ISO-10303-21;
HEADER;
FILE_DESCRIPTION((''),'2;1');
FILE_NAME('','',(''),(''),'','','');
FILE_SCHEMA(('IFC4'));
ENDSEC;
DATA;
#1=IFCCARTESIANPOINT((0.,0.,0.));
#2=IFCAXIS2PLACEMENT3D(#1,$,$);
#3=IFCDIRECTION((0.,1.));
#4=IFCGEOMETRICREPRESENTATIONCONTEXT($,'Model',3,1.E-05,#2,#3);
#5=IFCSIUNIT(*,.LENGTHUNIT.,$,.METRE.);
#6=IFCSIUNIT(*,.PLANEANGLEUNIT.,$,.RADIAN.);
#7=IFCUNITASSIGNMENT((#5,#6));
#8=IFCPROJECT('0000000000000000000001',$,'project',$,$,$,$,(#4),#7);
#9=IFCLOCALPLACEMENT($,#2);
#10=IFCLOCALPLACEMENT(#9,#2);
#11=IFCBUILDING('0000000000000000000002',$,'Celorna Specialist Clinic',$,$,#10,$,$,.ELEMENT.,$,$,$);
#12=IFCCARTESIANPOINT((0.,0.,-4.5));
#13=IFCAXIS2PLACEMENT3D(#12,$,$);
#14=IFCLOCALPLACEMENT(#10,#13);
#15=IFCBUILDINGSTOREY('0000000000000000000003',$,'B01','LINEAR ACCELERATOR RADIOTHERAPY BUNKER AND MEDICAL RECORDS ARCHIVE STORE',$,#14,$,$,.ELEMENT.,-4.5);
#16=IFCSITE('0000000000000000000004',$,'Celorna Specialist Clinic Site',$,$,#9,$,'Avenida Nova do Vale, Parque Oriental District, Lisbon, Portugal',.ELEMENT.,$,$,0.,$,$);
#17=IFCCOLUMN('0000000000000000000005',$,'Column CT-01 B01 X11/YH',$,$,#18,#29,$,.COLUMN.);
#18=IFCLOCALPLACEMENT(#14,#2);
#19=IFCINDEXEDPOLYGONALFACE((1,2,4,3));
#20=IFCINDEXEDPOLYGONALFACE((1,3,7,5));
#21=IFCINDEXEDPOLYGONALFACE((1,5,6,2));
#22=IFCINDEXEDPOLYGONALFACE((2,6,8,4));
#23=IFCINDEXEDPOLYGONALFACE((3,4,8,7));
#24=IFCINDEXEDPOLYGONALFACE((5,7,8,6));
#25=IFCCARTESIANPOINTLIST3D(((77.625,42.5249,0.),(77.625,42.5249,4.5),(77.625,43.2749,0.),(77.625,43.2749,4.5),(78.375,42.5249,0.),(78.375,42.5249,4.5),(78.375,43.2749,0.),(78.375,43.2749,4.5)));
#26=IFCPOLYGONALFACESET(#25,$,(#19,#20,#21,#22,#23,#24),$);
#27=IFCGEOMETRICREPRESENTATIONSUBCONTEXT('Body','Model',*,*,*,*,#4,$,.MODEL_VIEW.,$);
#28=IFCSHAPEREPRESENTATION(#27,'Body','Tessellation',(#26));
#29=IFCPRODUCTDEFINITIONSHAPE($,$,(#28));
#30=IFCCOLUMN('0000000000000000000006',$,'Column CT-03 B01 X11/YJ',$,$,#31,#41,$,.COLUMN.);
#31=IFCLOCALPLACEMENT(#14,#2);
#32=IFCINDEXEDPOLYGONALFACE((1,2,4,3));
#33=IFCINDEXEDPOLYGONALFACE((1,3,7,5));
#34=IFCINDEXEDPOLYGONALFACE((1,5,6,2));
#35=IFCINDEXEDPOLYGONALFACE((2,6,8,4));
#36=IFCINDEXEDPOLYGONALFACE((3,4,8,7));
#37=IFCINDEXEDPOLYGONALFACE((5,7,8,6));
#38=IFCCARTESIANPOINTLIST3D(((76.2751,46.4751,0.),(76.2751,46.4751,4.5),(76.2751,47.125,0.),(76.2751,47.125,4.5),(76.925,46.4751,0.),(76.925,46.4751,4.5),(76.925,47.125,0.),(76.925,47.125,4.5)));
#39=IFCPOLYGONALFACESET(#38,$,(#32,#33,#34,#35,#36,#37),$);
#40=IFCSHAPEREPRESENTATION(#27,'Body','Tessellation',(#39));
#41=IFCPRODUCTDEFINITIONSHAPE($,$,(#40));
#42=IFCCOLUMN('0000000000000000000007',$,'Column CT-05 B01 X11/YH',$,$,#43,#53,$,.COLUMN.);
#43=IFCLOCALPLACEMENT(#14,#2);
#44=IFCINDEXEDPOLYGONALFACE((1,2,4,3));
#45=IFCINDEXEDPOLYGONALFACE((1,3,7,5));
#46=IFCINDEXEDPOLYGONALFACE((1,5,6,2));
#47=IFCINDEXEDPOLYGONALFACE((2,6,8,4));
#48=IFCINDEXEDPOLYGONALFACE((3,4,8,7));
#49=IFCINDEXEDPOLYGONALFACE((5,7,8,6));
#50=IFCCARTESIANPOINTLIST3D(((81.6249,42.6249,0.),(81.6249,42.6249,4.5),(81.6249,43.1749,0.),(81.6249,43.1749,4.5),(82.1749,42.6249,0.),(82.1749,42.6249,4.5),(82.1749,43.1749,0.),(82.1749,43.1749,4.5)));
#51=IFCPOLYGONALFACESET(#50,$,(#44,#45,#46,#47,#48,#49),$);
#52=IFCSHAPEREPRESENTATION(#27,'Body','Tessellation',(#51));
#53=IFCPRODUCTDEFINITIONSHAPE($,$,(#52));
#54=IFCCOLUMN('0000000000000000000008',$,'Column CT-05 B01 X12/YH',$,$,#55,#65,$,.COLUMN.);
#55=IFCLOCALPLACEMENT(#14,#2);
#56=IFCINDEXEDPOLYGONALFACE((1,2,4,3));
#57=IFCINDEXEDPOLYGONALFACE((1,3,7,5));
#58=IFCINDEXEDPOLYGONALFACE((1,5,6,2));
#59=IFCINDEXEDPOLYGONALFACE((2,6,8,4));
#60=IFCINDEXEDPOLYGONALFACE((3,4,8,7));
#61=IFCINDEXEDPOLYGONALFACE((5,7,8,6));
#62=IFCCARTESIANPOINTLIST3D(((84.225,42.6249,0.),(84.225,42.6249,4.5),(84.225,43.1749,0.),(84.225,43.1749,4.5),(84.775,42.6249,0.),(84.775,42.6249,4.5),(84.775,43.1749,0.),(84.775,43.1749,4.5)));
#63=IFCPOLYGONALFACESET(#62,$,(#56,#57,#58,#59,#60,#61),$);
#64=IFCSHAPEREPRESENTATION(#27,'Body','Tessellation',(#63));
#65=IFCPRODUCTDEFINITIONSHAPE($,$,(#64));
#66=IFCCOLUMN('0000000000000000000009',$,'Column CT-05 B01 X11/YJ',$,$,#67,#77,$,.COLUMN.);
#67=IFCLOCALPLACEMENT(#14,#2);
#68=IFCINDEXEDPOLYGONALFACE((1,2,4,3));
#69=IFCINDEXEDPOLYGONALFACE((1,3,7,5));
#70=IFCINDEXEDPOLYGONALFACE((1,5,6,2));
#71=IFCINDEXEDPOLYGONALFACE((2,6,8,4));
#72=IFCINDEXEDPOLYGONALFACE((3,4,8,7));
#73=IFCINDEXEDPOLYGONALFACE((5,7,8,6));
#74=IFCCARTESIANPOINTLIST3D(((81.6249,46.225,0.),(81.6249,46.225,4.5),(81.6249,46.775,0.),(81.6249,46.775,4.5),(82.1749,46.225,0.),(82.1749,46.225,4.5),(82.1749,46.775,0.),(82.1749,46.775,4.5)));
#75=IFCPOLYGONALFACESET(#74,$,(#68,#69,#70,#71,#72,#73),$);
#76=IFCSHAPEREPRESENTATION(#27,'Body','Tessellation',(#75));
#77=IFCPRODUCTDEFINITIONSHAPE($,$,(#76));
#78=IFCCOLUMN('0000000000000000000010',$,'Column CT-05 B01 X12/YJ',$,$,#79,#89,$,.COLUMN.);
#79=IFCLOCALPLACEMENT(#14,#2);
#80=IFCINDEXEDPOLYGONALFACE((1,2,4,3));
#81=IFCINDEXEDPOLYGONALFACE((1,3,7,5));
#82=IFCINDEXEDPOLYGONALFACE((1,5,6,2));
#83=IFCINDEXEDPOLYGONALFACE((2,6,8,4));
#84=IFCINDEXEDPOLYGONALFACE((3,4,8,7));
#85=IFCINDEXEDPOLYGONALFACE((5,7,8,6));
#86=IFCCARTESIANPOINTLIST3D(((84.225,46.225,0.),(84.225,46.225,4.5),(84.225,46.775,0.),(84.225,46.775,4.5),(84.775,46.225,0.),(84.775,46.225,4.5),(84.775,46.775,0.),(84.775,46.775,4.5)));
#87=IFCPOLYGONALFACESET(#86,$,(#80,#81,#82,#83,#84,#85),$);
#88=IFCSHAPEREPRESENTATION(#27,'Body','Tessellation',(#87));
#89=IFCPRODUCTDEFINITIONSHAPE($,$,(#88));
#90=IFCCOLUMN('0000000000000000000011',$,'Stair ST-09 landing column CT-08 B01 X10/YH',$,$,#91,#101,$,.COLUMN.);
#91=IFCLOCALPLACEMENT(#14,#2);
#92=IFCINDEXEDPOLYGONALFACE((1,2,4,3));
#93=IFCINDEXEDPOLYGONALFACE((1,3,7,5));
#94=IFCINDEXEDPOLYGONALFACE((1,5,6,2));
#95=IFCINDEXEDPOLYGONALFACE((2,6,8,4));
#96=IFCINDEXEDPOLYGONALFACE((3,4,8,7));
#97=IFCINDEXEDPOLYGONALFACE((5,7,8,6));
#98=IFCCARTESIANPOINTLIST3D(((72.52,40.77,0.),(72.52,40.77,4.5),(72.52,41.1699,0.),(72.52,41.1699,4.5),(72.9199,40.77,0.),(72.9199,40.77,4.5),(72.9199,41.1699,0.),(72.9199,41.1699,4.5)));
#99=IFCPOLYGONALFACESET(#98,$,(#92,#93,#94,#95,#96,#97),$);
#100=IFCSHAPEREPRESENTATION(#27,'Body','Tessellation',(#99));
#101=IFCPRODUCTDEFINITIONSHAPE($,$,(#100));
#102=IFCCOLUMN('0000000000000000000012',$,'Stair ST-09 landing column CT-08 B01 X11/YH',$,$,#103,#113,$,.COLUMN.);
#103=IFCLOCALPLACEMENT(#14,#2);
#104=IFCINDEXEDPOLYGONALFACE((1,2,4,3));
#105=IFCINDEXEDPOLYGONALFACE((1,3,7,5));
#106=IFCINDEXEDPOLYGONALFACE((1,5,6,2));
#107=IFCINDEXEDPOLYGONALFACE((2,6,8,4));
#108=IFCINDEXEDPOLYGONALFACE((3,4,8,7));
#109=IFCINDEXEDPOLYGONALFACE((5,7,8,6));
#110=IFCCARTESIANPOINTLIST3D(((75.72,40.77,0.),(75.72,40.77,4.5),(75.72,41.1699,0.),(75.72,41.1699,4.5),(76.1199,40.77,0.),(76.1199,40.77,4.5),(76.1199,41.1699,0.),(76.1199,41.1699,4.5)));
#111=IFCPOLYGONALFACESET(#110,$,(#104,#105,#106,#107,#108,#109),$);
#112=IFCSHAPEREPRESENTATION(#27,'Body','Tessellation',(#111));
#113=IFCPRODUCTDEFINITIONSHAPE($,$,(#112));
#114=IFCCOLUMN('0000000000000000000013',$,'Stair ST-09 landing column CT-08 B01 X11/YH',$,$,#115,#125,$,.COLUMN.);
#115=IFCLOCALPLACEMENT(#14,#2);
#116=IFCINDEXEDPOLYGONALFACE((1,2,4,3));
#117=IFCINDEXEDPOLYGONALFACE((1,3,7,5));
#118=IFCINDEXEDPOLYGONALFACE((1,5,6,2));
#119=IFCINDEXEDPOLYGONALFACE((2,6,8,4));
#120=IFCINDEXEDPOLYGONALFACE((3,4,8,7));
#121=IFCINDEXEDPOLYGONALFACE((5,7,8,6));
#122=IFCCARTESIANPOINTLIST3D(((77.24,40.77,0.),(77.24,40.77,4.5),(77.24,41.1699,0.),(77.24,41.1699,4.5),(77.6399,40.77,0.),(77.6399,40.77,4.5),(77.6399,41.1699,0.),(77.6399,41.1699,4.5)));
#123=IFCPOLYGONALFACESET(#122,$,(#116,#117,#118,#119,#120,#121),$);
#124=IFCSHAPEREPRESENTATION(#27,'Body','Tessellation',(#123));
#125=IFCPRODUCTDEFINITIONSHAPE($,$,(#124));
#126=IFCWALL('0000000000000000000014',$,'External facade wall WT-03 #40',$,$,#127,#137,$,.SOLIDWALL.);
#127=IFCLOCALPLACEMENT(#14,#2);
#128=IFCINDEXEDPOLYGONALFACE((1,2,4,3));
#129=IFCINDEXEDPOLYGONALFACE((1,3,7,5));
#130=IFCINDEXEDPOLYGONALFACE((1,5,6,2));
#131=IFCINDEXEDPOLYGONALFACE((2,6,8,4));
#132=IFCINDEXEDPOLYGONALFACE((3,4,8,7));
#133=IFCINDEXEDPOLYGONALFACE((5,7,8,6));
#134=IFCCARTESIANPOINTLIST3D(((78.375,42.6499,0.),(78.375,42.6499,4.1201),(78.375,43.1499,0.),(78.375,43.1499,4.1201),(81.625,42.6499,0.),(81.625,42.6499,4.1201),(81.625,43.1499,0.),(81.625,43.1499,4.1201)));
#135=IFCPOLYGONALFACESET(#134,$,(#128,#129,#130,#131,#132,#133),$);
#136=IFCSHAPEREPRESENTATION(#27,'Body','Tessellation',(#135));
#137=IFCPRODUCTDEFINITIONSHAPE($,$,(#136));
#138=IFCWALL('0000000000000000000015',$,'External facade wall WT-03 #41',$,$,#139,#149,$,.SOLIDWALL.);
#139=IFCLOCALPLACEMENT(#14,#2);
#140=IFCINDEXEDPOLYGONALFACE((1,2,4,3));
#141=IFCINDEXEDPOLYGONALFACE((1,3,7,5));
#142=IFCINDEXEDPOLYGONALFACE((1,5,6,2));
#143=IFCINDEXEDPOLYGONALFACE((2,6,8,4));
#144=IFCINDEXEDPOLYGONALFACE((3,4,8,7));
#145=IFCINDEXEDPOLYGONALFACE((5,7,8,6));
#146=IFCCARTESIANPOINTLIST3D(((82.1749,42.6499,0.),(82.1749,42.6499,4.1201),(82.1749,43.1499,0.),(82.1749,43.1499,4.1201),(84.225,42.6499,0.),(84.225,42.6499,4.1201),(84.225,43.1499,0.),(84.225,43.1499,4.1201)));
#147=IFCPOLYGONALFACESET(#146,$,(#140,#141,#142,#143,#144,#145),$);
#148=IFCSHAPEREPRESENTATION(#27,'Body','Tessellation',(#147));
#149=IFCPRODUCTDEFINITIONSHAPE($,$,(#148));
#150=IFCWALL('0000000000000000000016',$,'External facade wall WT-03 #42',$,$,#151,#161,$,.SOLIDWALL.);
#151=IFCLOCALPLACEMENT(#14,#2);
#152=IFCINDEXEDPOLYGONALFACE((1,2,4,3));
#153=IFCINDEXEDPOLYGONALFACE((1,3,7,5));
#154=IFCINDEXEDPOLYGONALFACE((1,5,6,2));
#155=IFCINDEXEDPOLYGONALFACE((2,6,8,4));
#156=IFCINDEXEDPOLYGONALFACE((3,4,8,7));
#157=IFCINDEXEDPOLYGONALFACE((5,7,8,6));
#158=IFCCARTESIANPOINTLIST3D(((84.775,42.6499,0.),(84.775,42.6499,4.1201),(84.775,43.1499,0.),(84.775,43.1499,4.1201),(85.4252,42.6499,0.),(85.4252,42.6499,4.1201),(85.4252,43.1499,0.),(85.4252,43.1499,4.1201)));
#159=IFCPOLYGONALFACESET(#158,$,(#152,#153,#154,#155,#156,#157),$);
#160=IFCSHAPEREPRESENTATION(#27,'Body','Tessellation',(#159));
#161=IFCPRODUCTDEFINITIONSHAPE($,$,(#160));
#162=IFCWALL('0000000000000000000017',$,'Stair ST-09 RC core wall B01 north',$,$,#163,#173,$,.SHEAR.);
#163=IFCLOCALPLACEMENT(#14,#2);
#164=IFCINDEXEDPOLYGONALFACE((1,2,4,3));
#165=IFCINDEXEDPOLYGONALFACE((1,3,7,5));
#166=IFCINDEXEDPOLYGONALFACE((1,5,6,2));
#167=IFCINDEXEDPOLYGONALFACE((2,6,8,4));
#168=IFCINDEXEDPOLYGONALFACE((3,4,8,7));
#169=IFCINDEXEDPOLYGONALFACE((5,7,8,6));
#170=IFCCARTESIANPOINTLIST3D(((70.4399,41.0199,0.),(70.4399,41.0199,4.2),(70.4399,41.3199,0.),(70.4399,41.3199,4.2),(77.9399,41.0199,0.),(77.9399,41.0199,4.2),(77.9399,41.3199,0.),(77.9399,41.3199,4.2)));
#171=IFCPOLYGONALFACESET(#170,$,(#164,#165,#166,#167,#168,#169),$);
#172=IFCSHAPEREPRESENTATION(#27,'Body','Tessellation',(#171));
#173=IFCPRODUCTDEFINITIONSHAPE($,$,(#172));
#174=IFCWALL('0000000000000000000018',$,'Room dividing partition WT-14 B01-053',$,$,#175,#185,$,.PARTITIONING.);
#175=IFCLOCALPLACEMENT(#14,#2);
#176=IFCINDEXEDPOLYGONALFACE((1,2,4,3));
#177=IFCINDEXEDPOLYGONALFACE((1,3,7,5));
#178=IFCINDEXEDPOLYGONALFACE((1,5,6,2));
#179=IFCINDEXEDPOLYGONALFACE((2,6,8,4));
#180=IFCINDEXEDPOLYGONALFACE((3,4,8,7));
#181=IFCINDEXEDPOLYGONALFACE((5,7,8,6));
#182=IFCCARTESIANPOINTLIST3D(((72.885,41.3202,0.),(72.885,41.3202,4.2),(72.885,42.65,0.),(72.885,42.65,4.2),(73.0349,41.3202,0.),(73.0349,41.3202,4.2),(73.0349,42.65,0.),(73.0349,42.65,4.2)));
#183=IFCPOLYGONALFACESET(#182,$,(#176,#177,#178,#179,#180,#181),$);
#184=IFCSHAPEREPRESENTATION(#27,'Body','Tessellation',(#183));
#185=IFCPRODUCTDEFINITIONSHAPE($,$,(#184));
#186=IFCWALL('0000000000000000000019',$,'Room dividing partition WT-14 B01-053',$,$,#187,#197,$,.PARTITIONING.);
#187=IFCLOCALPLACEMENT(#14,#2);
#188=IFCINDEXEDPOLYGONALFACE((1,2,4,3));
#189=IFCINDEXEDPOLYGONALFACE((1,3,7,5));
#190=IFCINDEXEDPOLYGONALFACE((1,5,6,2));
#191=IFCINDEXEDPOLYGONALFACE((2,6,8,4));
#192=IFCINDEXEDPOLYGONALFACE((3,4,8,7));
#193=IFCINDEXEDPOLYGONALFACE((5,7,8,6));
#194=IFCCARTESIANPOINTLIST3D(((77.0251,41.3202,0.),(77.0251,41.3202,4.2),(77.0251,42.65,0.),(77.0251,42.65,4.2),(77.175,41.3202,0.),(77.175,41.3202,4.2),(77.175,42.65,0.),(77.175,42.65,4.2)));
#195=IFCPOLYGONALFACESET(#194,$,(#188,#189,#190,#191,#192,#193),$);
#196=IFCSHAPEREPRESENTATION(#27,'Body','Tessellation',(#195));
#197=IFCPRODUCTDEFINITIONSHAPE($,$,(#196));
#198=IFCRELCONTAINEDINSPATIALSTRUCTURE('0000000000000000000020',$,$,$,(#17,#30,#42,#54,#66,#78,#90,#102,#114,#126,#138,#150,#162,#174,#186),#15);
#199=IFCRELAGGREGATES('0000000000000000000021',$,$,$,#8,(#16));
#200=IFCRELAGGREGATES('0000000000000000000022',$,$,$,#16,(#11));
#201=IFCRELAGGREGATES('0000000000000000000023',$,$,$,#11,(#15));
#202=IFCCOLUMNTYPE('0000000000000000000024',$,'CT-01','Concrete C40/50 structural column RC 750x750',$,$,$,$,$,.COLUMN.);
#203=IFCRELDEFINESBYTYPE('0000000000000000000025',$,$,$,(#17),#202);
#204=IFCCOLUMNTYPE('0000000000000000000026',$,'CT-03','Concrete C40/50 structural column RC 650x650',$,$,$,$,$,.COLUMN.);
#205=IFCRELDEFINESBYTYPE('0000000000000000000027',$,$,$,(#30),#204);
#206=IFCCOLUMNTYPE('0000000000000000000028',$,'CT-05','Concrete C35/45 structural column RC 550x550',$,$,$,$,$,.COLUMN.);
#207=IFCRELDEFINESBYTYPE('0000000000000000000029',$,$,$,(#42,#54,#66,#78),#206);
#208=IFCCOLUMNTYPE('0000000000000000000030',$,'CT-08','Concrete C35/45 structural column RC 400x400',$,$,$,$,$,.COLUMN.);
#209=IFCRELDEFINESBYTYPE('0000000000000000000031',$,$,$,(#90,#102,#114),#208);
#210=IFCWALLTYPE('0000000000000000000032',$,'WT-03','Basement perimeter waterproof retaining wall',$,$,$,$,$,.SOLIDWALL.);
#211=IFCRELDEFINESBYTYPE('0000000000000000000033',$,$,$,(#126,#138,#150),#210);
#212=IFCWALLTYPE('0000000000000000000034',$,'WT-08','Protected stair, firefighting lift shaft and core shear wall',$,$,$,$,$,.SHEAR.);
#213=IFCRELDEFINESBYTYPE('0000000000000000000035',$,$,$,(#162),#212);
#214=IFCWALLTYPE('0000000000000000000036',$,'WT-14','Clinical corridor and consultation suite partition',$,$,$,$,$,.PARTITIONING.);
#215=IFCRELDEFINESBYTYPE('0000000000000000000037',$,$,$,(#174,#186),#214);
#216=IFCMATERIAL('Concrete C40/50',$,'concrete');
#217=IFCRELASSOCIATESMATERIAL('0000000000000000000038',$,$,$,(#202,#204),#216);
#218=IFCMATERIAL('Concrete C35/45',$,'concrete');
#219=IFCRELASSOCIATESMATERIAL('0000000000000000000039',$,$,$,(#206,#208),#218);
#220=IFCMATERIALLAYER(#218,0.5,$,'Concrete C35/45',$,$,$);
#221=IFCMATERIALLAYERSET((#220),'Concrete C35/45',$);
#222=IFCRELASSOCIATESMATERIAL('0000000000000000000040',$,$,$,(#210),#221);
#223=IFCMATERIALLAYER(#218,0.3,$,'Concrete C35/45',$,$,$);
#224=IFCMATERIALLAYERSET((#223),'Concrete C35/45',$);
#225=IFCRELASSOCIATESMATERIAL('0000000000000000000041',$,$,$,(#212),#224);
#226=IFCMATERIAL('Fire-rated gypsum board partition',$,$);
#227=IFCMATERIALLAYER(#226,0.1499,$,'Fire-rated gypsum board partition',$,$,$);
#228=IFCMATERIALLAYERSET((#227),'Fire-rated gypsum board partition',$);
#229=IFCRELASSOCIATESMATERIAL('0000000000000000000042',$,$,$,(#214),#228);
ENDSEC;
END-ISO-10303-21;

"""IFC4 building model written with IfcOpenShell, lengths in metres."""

from ifc_helpers import new_model, si_unit, direction, frame, frame_2d, origin, origin_2d, place, context, subcontext, project, spatial, rectangle, extrude, material, layer, layer_set, material_profile, profile_set, type_object, element, save


model = new_model("IFC4")

# Units and contexts
model_context = context("Model", 3, precision=1e-05, world=origin(), true_north=direction((0.0, 1.0)))
body_context = subcontext(model_context, "Body", "Model", "MODEL_VIEW")
ifc_project = project(units=[si_unit("LENGTHUNIT", "METRE"), si_unit("PLANEANGLEUNIT", "RADIAN")], contexts=[model_context])

# Site, building, storey
site_placement = place(None, origin())
site = spatial("IfcSite", under=ifc_project, at=site_placement, Name="Celorna Specialist Clinic Site", LongName="Avenida Nova do Vale, Parque Oriental District, Lisbon, Portugal", CompositionType="ELEMENT", RefElevation=0.0)
building_placement = place(site_placement, origin())
building = spatial("IfcBuilding", under=site, at=building_placement, Name="Celorna Specialist Clinic", CompositionType="ELEMENT")
storey_placement = place(building_placement, frame((0.0, 0.0, -4.5)))
storey = spatial("IfcBuildingStorey", under=building, at=storey_placement, Name="B01", Description="LINEAR ACCELERATOR RADIOTHERAPY BUNKER AND MEDICAL RECORDS ARCHIVE STORE", CompositionType="ELEMENT", Elevation=-4.5)

# Shared definitions
ifc_material_1 = material(Name="Concrete C35/45", Category="concrete")

# Columns
ifc_material_2 = material(Name="Concrete C40/50", Category="concrete")
ifc_material_profile_1 = material_profile(ifc_material_2, rectangle(XDim=0.75, YDim=0.75, at=origin_2d()), Name="RC 750x750")
ifc_profile_set_1 = profile_set([ifc_material_profile_1], Name="Concrete C40/50")
column_type_1 = type_object("IfcColumnType", Name="CT-01", Description="Concrete C40/50 structural column RC 750x750", PredefinedType="COLUMN", material=ifc_profile_set_1)
column_1_placement = place(storey_placement, frame((78.0, 42.8999, 0.0), z_axis=(0.0, 0.0, 1.0), x_axis=(1.0, 0.0, 0.0)))
element("IfcColumn", 1, at=column_1_placement, inside=storey, type_object=column_type_1, Name="Column CT-01 B01 X11/YH", PredefinedType="COLUMN", context=body_context, shape_type="SweptSolid", body=[
    extrude(rectangle(XDim=0.75, YDim=0.75, at=origin_2d()), origin(), (0.0, 0.0, 1.0), 4.5),
])
ifc_material_profile_2 = material_profile(ifc_material_2, rectangle(XDim=0.6499, YDim=0.6499, at=origin_2d()), Name="RC 650x650")
ifc_profile_set_2 = profile_set([ifc_material_profile_2], Name="Concrete C40/50")
column_type_2 = type_object("IfcColumnType", Name="CT-03", Description="Concrete C40/50 structural column RC 650x650", PredefinedType="COLUMN", material=ifc_profile_set_2)
column_2_placement = place(storey_placement, frame((76.6001, 46.8, 0.0), z_axis=(0.0, 0.0, 1.0), x_axis=(1.0, 0.0, 0.0)))
element("IfcColumn", 2, at=column_2_placement, inside=storey, type_object=column_type_2, Name="Column CT-03 B01 X11/YJ", PredefinedType="COLUMN", context=body_context, shape_type="SweptSolid", body=[
    extrude(rectangle(XDim=0.6499, YDim=0.6499, at=origin_2d()), origin(), (0.0, 0.0, 1.0), 4.5),
])
ifc_material_profile_3 = material_profile(ifc_material_1, rectangle(XDim=0.55, YDim=0.55, at=origin_2d()), Name="RC 550x550")
ifc_profile_set_3 = profile_set([ifc_material_profile_3], Name="Concrete C35/45")
column_type_3 = type_object("IfcColumnType", Name="CT-05", Description="Concrete C35/45 structural column RC 550x550", PredefinedType="COLUMN", material=ifc_profile_set_3)
for number, where, z_axis, x_axis, name in (
    (3, (81.8999, 42.8999, 0.0), (0.0, 0.0, 1.0), (1.0, 0.0, 0.0), "Column CT-05 B01 X11/YH"),
    (4, (84.5, 42.8999, 0.0), (0.0, 0.0, 1.0), (1.0, 0.0, 0.0), "Column CT-05 B01 X12/YH"),
    (5, (81.8999, 46.5, 0.0), (0.0, 0.0, 1.0), (1.0, 0.0, 0.0), "Column CT-05 B01 X11/YJ"),
    (6, (84.5, 46.5, 0.0), (0.0, 0.0, 1.0), (1.0, 0.0, 0.0), "Column CT-05 B01 X12/YJ"),
):
    element("IfcColumn", number, at=place(storey_placement, frame(where, z_axis=z_axis, x_axis=x_axis)), inside=storey, type_object=column_type_3, Name=name, PredefinedType="COLUMN", context=body_context, shape_type="SweptSolid", body=[
        extrude(rectangle(XDim=0.55, YDim=0.55, at=origin_2d()), origin(), (0.0, 0.0, 1.0), 4.5),
    ])
ifc_material_profile_4 = material_profile(ifc_material_1, rectangle(XDim=0.3999, YDim=0.3999, at=origin_2d()), Name="RC 400x400")
ifc_profile_set_4 = profile_set([ifc_material_profile_4], Name="Concrete C35/45")
column_type_4 = type_object("IfcColumnType", Name="CT-08", Description="Concrete C35/45 structural column RC 400x400", PredefinedType="COLUMN", material=ifc_profile_set_4)
for number, where, z_axis, x_axis, name in (
    (7, (72.72, 40.97, 0.0), (0.0, 0.0, 1.0), (1.0, 0.0, 0.0), "Stair ST-09 landing column CT-08 B01 X10/YH"),
    (8, (75.9199, 40.97, 0.0), (0.0, 0.0, 1.0), (1.0, 0.0, 0.0), "Stair ST-09 landing column CT-08 B01 X11/YH"),
    (9, (77.4399, 40.97, 0.0), (0.0, 0.0, 1.0), (1.0, 0.0, 0.0), "Stair ST-09 landing column CT-08 B01 X11/YH"),
):
    element("IfcColumn", number, at=place(storey_placement, frame(where, z_axis=z_axis, x_axis=x_axis)), inside=storey, type_object=column_type_4, Name=name, PredefinedType="COLUMN", context=body_context, shape_type="SweptSolid", body=[
        extrude(rectangle(XDim=0.3999, YDim=0.3999, at=origin_2d()), origin(), (0.0, 0.0, 1.0), 4.5),
    ])

# Walls
ifc_layer_1 = layer(ifc_material_1, 0.5, Name="Concrete C35/45")
ifc_layer_set_1 = layer_set([ifc_layer_1], Name="Concrete C35/45")
wall_type_1 = type_object("IfcWallType", Name="WT-03", Description="Basement perimeter waterproof retaining wall", PredefinedType="SOLIDWALL", material=ifc_layer_set_1)
wall_1_placement = place(storey_placement, frame((78.375, 42.8999, 0.0), z_axis=(0.0, 0.0, 1.0), x_axis=(1.0, 0.0, 0.0)))
element("IfcWall", 10, at=wall_1_placement, inside=storey, type_object=wall_type_1, Name="External facade wall WT-03 #40", PredefinedType="SOLIDWALL", context=body_context, shape_type="SweptSolid", body=[
    extrude(rectangle(XDim=3.25, YDim=0.5, at=frame_2d((1.625, 0.0))), origin(), (0.0, 0.0, 1.0), 4.1201),
])
wall_2_placement = place(storey_placement, frame((82.175, 42.8999, 0.0), z_axis=(0.0, 0.0, 1.0), x_axis=(1.0, 0.0, 0.0)))
element("IfcWall", 11, at=wall_2_placement, inside=storey, type_object=wall_type_1, Name="External facade wall WT-03 #41", PredefinedType="SOLIDWALL", context=body_context, shape_type="SweptSolid", body=[
    extrude(rectangle(XDim=2.05, YDim=0.5, at=frame_2d((1.0249, 0.0))), origin(), (0.0, 0.0, 1.0), 4.1201),
])
wall_3_placement = place(storey_placement, frame((84.7749, 42.8999, 0.0), z_axis=(0.0, 0.0, 1.0), x_axis=(1.0, 0.0, 0.0)))
element("IfcWall", 12, at=wall_3_placement, inside=storey, type_object=wall_type_1, Name="External facade wall WT-03 #42", PredefinedType="SOLIDWALL", context=body_context, shape_type="SweptSolid", body=[
    extrude(rectangle(XDim=0.6501, YDim=0.5, at=frame_2d((0.3252, 0.0))), origin(), (0.0, 0.0, 1.0), 4.1201),
])
ifc_layer_2 = layer(ifc_material_1, 0.3, Name="Concrete C35/45")
ifc_layer_set_2 = layer_set([ifc_layer_2], Name="Concrete C35/45")
wall_type_2 = type_object("IfcWallType", Name="WT-08", Description="Protected stair, firefighting lift shaft and core shear wall", PredefinedType="SHEAR", material=ifc_layer_set_2)
wall_4_placement = place(storey_placement, frame((77.9399, 41.1699, 0.0), z_axis=(0.0, 0.0, 1.0), x_axis=(-1.0, 0.0, 0.0)))
element("IfcWall", 13, at=wall_4_placement, inside=storey, type_object=wall_type_2, Name="Stair ST-09 RC core wall B01 north", PredefinedType="SHEAR", context=body_context, shape_type="SweptSolid", body=[
    extrude(rectangle(XDim=7.5, YDim=0.3, at=frame_2d((3.75, 0.0))), origin(), (0.0, 0.0, 1.0), 4.2),
])
ifc_material_3 = material(Name="Fire-rated gypsum board partition")
ifc_layer_3 = layer(ifc_material_3, 0.1499, Name="Fire-rated gypsum board partition")
ifc_layer_set_3 = layer_set([ifc_layer_3], Name="Fire-rated gypsum board partition")
wall_type_3 = type_object("IfcWallType", Name="WT-14", Description="Clinical corridor and consultation suite partition", PredefinedType="PARTITIONING", material=ifc_layer_set_3)
for number, where, z_axis, x_axis, name in (
    (14, (72.96, 41.3201, 0.0), (0.0, 0.0, 1.0), (0.0, 1.0, 0.0), "Room dividing partition WT-14 B01-053"),
    (15, (77.1001, 41.3201, 0.0), (0.0, 0.0, 1.0), (0.0, 1.0, 0.0), "Room dividing partition WT-14 B01-053"),
):
    element("IfcWall", number, at=place(storey_placement, frame(where, z_axis=z_axis, x_axis=x_axis)), inside=storey, type_object=wall_type_3, Name=name, PredefinedType="PARTITIONING", context=body_context, shape_type="SweptSolid", body=[
        extrude(rectangle(XDim=1.3298, YDim=0.1499, at=frame_2d((0.665, 0.0))), origin(), (0.0, 0.0, 1.0), 4.2),
    ])

save(model, "model.ifc")
